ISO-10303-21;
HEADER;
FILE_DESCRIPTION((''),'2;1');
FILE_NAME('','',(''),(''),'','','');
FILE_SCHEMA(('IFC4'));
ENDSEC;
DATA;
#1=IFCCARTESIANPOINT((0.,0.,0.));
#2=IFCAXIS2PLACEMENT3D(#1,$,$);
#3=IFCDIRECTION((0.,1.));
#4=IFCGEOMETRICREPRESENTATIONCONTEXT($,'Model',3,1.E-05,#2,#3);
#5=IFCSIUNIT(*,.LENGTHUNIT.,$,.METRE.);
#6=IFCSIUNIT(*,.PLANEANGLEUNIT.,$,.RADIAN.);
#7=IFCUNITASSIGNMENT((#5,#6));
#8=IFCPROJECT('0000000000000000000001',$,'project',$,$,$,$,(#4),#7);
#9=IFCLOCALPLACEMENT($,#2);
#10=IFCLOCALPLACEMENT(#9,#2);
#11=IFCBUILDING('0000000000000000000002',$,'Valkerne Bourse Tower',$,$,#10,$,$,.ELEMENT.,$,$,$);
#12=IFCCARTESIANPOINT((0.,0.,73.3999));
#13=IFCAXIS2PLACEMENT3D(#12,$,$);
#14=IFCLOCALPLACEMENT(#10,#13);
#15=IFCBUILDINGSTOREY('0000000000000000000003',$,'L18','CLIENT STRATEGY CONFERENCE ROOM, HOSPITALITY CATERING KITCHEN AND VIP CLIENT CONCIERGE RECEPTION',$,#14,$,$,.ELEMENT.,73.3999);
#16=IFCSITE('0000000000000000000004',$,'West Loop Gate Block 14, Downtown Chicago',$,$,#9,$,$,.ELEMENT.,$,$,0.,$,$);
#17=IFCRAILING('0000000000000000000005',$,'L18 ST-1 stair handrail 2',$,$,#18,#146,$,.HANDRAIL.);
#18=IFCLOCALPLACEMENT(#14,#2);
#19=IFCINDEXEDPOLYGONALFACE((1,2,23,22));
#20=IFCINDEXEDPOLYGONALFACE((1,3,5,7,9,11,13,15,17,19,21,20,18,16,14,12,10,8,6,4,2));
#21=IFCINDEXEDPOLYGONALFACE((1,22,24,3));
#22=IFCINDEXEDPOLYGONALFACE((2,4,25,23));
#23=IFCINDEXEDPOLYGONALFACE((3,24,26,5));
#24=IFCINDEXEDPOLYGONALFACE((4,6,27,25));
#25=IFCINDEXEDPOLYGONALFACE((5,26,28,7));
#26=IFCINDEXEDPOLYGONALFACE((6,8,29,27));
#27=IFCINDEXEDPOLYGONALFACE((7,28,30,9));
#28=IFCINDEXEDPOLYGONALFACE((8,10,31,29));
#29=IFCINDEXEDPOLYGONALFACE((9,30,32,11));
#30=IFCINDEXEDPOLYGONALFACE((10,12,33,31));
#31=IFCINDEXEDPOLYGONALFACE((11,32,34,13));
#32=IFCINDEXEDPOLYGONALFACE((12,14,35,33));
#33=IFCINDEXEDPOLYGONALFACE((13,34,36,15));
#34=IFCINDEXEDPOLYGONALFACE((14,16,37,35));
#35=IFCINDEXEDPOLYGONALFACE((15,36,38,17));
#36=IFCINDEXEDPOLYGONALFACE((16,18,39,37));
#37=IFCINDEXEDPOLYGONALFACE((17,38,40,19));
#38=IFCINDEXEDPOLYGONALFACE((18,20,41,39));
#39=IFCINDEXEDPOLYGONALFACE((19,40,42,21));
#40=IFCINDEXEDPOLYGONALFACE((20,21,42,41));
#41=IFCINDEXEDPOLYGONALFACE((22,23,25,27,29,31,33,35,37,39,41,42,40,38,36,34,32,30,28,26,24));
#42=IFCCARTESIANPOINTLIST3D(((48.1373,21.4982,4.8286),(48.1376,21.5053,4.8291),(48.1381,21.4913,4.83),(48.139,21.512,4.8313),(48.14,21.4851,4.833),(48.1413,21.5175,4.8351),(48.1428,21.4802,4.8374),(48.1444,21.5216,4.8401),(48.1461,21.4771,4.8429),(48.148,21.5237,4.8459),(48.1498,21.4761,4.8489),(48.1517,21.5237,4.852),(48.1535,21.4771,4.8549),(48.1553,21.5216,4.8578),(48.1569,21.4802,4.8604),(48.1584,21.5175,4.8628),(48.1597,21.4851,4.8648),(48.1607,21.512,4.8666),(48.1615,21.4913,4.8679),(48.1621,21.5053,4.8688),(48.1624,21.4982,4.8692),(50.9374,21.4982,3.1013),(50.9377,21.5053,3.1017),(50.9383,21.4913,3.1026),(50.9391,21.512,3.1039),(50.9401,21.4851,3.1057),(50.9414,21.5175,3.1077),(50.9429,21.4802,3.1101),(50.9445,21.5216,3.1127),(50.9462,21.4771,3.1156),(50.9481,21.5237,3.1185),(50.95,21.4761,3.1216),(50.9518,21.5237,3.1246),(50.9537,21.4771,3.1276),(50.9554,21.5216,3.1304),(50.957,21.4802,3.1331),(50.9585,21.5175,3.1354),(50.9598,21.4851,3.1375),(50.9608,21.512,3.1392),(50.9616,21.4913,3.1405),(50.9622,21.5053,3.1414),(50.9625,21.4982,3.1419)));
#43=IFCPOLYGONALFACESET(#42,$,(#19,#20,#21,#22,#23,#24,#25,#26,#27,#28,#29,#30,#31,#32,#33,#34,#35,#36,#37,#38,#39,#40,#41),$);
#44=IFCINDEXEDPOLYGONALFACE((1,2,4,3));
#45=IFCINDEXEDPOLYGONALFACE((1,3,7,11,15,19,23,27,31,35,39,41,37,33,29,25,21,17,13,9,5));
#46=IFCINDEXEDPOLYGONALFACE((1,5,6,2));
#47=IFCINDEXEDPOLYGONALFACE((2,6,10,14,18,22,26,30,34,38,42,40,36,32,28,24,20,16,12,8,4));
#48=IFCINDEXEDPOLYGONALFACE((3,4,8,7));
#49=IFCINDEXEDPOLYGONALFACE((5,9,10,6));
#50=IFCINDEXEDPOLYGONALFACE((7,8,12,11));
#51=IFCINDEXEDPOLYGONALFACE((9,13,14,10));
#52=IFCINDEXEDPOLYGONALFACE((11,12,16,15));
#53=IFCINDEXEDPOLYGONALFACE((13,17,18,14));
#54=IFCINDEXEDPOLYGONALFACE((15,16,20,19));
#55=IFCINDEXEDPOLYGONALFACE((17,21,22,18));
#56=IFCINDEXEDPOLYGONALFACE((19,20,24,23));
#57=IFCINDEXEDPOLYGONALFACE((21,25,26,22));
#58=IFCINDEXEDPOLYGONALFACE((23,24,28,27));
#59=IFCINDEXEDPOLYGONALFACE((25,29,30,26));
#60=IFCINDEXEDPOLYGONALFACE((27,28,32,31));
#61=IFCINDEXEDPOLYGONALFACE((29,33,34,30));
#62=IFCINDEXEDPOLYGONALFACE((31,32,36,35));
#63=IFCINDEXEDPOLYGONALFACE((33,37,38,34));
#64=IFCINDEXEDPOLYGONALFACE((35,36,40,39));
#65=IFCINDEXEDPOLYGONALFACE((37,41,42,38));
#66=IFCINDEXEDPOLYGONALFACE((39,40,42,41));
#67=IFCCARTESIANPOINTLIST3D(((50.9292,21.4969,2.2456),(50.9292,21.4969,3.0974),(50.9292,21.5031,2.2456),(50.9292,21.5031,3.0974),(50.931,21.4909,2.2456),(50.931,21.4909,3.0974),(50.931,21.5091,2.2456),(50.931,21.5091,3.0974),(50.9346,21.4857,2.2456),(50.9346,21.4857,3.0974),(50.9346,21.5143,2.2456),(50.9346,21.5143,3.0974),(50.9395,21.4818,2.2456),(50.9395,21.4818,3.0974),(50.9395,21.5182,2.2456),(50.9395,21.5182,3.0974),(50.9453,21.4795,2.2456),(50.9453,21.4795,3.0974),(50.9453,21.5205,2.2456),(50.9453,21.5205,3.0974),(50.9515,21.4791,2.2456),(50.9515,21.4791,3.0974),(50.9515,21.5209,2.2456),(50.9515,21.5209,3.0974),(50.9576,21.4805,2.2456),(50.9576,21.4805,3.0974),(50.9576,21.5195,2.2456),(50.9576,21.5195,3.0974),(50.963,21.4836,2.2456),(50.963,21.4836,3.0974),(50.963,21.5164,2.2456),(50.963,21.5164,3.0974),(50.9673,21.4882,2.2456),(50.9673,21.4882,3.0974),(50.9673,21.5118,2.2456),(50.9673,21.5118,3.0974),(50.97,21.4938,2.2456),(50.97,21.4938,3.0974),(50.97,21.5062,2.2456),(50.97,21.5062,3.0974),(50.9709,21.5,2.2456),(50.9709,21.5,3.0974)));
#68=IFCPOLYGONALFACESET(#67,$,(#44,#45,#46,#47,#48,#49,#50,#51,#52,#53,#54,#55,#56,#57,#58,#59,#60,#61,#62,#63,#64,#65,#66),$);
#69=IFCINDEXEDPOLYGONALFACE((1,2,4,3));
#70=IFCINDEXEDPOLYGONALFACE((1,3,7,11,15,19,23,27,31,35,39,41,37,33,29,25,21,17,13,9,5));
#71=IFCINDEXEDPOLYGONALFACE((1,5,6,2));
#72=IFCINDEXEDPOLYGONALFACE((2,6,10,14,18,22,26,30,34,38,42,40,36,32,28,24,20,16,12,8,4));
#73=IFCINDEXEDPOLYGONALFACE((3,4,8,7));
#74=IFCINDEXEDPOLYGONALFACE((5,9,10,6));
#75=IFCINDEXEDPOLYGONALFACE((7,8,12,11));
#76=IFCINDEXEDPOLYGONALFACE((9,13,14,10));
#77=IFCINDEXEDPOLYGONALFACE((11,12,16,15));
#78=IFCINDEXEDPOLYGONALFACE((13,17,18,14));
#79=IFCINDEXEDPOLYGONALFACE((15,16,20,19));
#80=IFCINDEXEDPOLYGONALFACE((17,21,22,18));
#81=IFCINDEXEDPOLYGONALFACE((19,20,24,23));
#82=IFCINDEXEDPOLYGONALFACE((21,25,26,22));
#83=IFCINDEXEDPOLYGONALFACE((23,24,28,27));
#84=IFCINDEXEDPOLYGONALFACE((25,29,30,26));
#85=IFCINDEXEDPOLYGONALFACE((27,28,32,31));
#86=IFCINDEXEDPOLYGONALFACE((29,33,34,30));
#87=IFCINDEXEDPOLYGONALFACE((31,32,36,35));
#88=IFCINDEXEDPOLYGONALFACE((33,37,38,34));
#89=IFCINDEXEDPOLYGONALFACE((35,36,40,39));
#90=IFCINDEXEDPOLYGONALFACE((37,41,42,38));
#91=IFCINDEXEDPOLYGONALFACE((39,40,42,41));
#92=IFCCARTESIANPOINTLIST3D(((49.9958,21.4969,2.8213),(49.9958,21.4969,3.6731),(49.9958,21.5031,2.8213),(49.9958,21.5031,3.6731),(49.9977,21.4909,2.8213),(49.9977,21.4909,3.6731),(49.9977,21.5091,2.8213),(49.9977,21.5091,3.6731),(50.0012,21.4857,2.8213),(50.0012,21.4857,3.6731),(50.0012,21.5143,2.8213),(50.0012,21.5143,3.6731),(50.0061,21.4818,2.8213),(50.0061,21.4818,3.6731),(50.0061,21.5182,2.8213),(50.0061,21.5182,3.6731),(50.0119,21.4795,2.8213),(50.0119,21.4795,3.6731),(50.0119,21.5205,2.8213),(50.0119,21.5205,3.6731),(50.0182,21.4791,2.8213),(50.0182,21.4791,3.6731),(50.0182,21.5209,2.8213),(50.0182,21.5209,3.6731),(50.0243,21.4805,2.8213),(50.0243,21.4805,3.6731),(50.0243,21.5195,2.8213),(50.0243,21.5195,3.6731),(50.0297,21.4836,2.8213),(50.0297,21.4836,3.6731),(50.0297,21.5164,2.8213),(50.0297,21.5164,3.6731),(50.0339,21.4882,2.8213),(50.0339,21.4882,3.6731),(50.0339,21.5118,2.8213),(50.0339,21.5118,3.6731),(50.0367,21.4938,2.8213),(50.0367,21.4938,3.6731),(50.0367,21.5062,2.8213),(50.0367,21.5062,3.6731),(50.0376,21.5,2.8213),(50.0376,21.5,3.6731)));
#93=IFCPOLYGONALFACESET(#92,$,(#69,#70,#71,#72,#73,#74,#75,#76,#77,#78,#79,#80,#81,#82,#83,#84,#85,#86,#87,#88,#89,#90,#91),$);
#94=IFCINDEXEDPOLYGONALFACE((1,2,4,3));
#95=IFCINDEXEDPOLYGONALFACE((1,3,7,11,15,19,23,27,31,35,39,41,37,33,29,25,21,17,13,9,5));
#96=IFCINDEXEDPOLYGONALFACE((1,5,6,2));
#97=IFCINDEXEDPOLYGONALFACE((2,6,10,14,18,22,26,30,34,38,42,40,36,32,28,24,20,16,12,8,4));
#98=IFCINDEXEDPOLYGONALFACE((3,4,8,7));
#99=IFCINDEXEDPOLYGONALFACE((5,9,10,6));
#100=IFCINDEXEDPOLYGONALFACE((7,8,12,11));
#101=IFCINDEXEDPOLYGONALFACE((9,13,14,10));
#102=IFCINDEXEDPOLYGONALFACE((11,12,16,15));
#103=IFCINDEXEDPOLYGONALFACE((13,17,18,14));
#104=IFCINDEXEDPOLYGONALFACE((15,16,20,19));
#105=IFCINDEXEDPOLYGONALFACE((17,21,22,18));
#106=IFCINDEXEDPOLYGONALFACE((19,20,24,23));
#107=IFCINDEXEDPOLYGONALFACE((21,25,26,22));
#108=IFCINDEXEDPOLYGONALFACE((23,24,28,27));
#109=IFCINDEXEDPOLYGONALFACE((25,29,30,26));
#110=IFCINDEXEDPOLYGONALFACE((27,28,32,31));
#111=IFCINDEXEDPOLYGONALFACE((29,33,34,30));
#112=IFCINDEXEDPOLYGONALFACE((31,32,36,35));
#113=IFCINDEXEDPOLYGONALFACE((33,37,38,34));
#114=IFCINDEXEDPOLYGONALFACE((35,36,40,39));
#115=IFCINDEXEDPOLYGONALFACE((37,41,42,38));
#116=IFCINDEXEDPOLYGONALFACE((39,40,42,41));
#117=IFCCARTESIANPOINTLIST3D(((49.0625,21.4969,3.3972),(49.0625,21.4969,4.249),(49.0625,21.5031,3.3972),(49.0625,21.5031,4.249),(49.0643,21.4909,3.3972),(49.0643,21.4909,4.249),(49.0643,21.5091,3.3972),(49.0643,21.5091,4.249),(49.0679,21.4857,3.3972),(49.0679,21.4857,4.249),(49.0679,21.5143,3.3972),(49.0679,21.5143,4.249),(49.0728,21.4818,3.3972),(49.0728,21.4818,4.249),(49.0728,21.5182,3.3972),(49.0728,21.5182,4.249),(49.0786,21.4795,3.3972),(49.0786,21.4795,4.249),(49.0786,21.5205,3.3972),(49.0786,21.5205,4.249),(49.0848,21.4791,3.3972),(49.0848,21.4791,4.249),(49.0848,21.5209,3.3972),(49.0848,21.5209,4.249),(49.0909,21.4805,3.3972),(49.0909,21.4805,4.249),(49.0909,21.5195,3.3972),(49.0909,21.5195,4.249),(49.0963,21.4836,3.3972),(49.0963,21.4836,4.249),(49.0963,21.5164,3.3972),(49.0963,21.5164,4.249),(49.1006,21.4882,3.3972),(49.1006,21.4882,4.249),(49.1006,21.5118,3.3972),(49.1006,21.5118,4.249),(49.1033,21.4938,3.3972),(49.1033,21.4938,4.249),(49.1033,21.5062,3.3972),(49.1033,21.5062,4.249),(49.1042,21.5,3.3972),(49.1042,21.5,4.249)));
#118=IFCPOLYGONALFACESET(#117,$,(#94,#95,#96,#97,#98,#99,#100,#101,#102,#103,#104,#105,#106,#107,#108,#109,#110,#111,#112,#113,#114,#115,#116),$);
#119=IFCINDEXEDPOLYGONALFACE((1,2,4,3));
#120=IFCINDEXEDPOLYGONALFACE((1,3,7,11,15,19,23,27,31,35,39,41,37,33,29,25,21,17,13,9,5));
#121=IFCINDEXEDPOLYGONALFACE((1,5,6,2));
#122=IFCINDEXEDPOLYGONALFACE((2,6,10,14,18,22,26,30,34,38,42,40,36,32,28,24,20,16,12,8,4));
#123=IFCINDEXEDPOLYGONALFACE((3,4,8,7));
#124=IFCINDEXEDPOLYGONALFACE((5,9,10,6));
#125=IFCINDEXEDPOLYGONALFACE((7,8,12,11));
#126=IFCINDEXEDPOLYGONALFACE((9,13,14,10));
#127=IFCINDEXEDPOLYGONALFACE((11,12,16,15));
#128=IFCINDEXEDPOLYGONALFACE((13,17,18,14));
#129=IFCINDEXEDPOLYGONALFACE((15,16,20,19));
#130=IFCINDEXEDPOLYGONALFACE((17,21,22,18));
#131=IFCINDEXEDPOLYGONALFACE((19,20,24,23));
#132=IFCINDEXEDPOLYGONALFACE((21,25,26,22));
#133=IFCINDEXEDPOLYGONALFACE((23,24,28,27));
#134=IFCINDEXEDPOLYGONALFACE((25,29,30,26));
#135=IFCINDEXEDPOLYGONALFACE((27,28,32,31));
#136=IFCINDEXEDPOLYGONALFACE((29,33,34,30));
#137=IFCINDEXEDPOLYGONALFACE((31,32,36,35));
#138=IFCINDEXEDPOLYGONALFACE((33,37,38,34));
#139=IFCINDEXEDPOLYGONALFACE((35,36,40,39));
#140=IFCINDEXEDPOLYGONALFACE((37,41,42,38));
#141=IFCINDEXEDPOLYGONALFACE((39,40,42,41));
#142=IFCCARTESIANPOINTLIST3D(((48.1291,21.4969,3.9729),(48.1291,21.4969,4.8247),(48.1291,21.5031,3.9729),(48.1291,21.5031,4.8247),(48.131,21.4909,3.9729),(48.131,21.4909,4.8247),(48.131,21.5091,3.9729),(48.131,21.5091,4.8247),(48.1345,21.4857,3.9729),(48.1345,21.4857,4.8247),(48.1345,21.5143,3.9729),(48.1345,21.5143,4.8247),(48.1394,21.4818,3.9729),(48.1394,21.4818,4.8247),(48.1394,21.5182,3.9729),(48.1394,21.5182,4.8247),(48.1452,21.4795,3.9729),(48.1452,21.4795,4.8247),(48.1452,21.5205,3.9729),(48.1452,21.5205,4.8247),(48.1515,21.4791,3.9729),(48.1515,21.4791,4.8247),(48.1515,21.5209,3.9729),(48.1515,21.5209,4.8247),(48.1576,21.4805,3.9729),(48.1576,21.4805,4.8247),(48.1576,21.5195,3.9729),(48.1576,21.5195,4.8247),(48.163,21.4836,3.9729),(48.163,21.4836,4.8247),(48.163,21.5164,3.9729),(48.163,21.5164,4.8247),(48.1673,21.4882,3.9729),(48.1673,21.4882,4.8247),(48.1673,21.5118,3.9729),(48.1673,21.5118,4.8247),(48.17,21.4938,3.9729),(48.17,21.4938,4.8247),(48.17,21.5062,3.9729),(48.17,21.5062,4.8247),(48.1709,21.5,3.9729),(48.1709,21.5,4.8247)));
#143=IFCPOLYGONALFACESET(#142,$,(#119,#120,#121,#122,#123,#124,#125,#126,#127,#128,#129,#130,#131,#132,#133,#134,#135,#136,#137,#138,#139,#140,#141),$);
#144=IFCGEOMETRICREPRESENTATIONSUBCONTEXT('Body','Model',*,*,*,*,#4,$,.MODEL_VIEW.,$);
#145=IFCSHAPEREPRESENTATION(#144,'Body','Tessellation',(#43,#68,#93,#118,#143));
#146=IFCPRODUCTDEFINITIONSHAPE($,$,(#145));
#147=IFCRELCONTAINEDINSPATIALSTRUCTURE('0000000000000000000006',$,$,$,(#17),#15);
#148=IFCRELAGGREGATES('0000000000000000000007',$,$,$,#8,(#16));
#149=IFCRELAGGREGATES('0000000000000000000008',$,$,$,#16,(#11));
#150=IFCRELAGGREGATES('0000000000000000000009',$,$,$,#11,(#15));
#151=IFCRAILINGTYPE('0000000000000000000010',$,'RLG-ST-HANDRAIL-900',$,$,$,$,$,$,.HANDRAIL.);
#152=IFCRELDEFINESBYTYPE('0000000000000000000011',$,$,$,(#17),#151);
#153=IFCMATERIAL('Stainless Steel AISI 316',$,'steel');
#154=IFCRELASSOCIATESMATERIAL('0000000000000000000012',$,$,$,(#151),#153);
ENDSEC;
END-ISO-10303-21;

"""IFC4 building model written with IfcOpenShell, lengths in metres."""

from ifc_helpers import new_model, si_unit, direction, frame, origin, origin_2d, place, context, subcontext, project, spatial, circle, extrude, material, type_object, element, save


model = new_model("IFC4")

# Units and contexts
model_context = context("Model", 3, precision=1e-05, world=origin(), true_north=direction((0.0, 1.0)))
body_context = subcontext(model_context, "Body", "Model", "MODEL_VIEW")
ifc_project = project(units=[si_unit("LENGTHUNIT", "METRE"), si_unit("PLANEANGLEUNIT", "RADIAN")], contexts=[model_context])

# Site, building, storey
site_placement = place(None, origin())
site = spatial("IfcSite", under=ifc_project, at=site_placement, Name="West Loop Gate Block 14, Downtown Chicago", CompositionType="ELEMENT", RefElevation=0.0)
building_placement = place(site_placement, origin())
building = spatial("IfcBuilding", under=site, at=building_placement, Name="Valkerne Bourse Tower", CompositionType="ELEMENT")
storey_placement = place(building_placement, frame((0.0, 0.0, 73.3999)))
storey = spatial("IfcBuildingStorey", under=building, at=storey_placement, Name="L18", Description="CLIENT STRATEGY CONFERENCE ROOM, HOSPITALITY CATERING KITCHEN AND VIP CLIENT CONCIERGE RECEPTION", CompositionType="ELEMENT", Elevation=73.3999)

# Shared definitions
ifc_material_1 = material(Name="Stainless Steel AISI 316", Category="steel")

# Railing
railing_type_1 = type_object("IfcRailingType", Name="RLG-ST-HANDRAIL-900", PredefinedType="HANDRAIL", material=ifc_material_1)
railing_1_placement = place(storey_placement, frame((50.95, 21.5, 2.2456)))
element("IfcRailing", 1, at=railing_1_placement, inside=storey, type_object=railing_type_1, Name="L18 ST-1 stair handrail 2", PredefinedType="HANDRAIL", context=body_context, shape_type="SweptSolid", body=[
    extrude(circle(Radius=0.0239, at=origin_2d()), frame((0.0, 0.0, 0.876), z_axis=(-0.85109, 0.0, 0.52502), x_axis=(0.0, -1.0, 0.0)), (0.0, 0.0, 1.0), 3.29),
    extrude(circle(Radius=0.021, at=origin_2d()), origin(), (0.0, 0.0, 1.0), 0.8518),
    extrude(circle(Radius=0.021, at=origin_2d()), frame((-0.9333, 0.0, 0.5757)), (0.0, 0.0, 1.0), 0.8518),
    extrude(circle(Radius=0.021, at=origin_2d()), frame((-1.8667, 0.0, 1.1516)), (0.0, 0.0, 1.0), 0.8518),
    extrude(circle(Radius=0.021, at=origin_2d()), frame((-2.8, 0.0, 1.7273)), (0.0, 0.0, 1.0), 0.8518),
])

save(model, "model.ifc")
